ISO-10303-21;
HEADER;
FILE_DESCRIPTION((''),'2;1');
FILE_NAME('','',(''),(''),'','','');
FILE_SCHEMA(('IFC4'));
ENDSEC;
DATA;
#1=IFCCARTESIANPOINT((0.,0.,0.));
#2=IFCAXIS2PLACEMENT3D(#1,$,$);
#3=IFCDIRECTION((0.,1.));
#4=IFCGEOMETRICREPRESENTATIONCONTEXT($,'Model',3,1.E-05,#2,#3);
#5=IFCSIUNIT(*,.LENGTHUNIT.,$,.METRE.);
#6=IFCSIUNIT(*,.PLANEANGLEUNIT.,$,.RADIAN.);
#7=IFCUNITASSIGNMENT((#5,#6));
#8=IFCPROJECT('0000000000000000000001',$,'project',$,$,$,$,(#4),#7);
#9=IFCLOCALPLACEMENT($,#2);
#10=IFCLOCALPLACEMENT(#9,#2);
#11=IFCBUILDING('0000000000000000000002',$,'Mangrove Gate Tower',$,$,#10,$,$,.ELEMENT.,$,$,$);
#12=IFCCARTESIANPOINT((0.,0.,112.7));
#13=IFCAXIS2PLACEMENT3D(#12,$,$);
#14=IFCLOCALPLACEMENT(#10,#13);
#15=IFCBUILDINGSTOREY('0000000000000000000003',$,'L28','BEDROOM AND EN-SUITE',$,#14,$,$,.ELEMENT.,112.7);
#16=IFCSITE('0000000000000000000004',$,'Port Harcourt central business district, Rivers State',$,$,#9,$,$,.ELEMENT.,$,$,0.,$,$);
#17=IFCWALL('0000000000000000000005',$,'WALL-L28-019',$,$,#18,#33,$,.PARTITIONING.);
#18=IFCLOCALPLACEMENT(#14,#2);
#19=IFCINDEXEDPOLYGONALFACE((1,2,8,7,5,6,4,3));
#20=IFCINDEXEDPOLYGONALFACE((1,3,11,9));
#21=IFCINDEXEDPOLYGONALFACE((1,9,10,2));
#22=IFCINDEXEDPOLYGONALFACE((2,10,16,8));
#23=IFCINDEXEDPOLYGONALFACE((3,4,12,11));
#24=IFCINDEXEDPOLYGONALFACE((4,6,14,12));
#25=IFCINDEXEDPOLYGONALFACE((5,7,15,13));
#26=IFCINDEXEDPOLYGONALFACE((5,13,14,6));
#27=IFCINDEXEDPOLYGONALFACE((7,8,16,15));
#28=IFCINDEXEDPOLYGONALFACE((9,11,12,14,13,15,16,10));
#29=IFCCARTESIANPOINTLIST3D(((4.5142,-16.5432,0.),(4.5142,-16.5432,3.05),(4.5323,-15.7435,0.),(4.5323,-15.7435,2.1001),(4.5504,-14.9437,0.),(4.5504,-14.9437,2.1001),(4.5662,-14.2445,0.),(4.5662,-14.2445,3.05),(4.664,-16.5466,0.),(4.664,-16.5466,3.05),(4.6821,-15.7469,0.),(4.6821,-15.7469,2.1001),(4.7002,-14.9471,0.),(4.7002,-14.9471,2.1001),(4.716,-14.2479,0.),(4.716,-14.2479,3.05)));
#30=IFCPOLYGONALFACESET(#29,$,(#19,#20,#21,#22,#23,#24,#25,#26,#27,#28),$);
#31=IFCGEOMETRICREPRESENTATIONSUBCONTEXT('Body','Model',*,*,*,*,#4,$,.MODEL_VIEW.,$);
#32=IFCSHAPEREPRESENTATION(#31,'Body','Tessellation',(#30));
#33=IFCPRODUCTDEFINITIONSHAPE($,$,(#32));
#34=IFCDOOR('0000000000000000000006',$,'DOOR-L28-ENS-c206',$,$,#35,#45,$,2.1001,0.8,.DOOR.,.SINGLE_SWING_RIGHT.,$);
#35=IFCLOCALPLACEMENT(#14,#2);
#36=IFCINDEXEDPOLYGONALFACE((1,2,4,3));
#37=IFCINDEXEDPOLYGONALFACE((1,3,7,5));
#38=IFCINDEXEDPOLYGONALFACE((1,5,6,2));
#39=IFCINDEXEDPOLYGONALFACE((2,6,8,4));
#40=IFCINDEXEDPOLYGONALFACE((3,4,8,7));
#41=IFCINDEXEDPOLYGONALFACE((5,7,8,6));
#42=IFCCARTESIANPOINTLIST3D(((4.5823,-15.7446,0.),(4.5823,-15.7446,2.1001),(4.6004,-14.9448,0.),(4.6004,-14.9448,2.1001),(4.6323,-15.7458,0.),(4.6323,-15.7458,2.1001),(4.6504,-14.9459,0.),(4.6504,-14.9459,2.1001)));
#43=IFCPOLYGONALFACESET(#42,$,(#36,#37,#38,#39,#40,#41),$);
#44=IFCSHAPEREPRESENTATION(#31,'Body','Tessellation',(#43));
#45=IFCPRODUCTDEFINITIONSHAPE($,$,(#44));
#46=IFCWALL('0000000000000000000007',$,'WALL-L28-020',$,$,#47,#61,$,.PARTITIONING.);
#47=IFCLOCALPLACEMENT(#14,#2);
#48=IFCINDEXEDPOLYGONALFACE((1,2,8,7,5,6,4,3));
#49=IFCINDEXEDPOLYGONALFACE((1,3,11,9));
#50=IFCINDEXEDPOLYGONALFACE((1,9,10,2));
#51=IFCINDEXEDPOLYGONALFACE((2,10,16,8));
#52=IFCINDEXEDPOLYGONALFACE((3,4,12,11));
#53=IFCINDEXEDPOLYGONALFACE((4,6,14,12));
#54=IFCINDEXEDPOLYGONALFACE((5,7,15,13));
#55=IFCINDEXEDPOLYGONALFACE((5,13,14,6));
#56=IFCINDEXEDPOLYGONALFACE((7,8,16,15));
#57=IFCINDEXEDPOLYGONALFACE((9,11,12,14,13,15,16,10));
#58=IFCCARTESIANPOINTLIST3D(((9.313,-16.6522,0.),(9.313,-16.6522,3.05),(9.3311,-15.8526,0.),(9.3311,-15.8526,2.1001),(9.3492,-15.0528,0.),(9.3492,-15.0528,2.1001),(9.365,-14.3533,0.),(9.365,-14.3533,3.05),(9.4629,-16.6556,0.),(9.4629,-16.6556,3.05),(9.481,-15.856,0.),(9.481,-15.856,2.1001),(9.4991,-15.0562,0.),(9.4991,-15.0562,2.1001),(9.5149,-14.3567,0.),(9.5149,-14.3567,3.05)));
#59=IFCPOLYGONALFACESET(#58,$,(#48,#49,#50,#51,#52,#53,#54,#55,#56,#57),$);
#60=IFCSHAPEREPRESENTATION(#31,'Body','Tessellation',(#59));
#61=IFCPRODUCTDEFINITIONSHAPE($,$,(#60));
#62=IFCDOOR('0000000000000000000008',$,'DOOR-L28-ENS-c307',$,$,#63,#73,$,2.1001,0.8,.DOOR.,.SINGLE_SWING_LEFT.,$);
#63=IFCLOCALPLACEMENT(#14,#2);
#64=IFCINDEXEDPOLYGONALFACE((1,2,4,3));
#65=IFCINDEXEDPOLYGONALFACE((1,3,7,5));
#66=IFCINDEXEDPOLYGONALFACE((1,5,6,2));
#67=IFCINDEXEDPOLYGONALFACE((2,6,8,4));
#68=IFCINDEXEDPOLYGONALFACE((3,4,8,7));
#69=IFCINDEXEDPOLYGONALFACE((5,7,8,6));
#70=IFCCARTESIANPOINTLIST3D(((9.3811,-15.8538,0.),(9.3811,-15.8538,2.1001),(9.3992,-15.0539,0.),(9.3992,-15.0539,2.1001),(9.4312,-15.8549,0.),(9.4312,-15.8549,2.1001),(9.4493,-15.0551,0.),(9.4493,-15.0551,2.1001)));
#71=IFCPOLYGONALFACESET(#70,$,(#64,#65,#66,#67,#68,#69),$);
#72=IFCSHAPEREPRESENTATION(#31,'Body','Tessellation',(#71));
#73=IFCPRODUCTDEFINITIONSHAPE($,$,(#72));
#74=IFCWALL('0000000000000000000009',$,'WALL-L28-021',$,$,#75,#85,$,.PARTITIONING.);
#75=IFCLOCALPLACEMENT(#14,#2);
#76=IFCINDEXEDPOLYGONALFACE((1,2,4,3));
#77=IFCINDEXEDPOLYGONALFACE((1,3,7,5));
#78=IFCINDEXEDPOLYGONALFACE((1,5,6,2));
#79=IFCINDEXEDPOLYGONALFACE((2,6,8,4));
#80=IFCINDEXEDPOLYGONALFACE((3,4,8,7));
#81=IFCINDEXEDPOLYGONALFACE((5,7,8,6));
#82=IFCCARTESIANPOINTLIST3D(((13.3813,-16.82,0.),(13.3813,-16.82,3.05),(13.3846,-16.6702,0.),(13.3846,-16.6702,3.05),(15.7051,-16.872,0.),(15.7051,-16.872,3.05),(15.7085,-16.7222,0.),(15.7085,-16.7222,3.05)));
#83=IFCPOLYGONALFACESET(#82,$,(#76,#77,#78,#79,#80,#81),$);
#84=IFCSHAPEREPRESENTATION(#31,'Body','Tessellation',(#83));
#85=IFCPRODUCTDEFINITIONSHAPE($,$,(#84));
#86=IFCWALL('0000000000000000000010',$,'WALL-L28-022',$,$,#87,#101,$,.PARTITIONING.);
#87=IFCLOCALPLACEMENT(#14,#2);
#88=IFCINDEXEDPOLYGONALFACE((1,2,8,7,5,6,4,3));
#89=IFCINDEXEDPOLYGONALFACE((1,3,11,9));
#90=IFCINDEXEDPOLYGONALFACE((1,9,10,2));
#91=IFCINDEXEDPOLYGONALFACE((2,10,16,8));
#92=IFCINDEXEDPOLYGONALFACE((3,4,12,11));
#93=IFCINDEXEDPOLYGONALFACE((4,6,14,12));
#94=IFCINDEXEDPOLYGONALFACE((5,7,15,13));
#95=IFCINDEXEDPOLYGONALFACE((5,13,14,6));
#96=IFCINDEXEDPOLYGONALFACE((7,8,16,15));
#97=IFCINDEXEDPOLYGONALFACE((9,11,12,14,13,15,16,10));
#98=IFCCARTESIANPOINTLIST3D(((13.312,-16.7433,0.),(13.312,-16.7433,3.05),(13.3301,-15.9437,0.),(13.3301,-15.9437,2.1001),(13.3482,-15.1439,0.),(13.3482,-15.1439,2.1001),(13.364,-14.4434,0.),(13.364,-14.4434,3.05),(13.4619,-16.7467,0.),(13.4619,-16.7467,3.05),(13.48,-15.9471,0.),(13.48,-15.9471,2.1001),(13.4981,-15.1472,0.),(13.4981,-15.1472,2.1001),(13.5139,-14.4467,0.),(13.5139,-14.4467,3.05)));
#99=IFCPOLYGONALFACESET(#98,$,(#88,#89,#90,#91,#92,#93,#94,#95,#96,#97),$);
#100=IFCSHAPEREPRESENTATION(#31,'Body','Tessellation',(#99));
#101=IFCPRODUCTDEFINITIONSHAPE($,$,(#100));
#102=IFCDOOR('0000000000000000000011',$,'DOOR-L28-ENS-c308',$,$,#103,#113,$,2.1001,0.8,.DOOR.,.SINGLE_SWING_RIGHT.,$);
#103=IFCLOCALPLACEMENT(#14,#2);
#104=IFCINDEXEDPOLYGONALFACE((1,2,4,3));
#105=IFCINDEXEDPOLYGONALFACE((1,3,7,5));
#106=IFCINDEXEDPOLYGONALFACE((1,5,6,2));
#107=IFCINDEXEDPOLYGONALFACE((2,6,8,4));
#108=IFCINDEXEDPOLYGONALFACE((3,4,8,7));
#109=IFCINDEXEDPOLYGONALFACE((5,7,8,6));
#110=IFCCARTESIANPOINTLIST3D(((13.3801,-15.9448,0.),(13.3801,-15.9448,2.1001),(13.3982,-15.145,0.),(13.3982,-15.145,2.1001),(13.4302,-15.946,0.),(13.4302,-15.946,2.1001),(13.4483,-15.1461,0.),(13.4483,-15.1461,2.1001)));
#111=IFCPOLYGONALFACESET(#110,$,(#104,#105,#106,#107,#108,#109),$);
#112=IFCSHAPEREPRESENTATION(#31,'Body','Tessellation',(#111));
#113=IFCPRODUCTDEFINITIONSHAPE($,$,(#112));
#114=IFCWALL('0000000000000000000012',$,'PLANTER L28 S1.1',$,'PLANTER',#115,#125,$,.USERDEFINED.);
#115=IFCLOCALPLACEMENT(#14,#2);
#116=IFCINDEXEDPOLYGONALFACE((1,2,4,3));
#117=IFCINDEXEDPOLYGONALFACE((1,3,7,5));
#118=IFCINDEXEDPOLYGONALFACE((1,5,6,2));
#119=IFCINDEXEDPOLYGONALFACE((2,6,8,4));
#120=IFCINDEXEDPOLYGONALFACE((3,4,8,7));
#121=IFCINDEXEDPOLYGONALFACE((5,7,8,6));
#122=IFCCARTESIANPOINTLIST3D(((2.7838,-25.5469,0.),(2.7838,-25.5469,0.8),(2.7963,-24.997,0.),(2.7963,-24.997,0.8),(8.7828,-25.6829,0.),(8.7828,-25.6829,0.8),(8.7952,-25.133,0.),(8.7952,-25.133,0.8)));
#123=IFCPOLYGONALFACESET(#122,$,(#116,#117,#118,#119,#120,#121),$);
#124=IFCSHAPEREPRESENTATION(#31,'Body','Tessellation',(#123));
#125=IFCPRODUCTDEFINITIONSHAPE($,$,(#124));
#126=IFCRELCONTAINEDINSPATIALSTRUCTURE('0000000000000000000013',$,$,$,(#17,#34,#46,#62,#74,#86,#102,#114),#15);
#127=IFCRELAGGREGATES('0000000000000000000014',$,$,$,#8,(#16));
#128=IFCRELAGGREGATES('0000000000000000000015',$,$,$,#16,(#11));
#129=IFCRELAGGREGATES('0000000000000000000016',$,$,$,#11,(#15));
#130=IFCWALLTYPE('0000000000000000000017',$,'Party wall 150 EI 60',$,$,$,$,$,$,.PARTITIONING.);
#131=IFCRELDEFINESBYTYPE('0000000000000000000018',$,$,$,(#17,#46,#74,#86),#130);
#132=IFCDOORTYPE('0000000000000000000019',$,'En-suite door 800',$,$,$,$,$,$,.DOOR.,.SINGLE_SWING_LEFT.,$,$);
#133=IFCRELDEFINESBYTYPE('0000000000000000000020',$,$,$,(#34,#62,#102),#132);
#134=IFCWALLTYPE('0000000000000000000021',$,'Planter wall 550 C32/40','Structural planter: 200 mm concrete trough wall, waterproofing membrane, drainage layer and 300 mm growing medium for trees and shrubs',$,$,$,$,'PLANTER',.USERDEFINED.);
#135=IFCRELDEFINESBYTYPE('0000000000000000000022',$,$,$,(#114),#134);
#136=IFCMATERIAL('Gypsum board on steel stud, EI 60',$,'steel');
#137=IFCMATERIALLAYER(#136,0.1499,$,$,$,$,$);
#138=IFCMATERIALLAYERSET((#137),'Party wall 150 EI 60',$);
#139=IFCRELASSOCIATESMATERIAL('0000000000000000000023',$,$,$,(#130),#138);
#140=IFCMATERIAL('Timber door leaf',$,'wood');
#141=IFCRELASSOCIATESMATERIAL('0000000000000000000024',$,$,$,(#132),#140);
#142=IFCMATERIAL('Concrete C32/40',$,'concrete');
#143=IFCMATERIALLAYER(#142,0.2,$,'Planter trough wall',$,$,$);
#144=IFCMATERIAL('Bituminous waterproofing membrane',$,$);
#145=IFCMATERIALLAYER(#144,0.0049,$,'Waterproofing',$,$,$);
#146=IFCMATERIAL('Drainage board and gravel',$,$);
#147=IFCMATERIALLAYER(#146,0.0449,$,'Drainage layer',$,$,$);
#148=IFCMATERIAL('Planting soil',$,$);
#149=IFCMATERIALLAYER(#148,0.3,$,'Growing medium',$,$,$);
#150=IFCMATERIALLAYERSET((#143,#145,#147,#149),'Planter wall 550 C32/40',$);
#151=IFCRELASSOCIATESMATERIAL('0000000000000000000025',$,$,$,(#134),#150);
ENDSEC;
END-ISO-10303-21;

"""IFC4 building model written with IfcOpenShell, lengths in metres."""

from ifc_helpers import new_model, si_unit, direction, frame, frame_2d, origin, place, context, subcontext, project, spatial, rectangle, extrude, material, layer, layer_set, type_object, element, fill, save


model = new_model("IFC4")

# Units and contexts
model_context = context("Model", 3, precision=1e-05, world=origin(), true_north=direction((0.0, 1.0)))
body_context = subcontext(model_context, "Body", "Model", "MODEL_VIEW")
ifc_project = project(units=[si_unit("LENGTHUNIT", "METRE"), si_unit("PLANEANGLEUNIT", "RADIAN")], contexts=[model_context])

# Site, building, storey
site_placement = place(None, origin())
site = spatial("IfcSite", under=ifc_project, at=site_placement, Name="Port Harcourt central business district, Rivers State", CompositionType="ELEMENT", RefElevation=0.0)
building_placement = place(site_placement, origin())
building = spatial("IfcBuilding", under=site, at=building_placement, Name="Mangrove Gate Tower", CompositionType="ELEMENT")
storey_placement = place(building_placement, frame((0.0, 0.0, 112.7)))
storey = spatial("IfcBuildingStorey", under=building, at=storey_placement, Name="L28", Description="BEDROOM AND EN-SUITE", CompositionType="ELEMENT", Elevation=112.7)

# Shared definitions
ifc_material_1 = material(Name="Gypsum board on steel stud, EI 60", Category="steel")
ifc_layer_1 = layer(ifc_material_1, 0.1499)
ifc_layer_set_1 = layer_set([ifc_layer_1], Name="Party wall 150 EI 60")
wall_type_1 = type_object("IfcWallType", Name="Party wall 150 EI 60", PredefinedType="PARTITIONING", material=ifc_layer_set_1)

# Walls, openings, doors
wall_1_placement = place(storey_placement, frame((4.5891, -16.5449, 0.0), z_axis=(0.0, 0.0, 1.0), x_axis=(0.022615, 0.999744, 0.0)))
wall_1 = element("IfcWall", 1, at=wall_1_placement, inside=storey, type_object=wall_type_1, Name="WALL-L28-019", PredefinedType="PARTITIONING", context=body_context, shape_type="SweptSolid", body=[
    extrude(rectangle(XDim=2.2993, YDim=0.1499, at=frame_2d((1.1497, 0.0))), origin(), (0.0, 0.0, 1.0), 3.05),
])
opening_1_placement = place(wall_1_placement, frame((0.8, 0.0, 0.0)))
opening_1 = element("IfcOpeningElement", 2, at=opening_1_placement, cuts=wall_1, PredefinedType="OPENING", context=body_context, shape_type="SweptSolid", body=[
    extrude(rectangle(XDim=0.8, YDim=2.1001, at=frame_2d((0.3999, 1.05))), frame((0.0, 0.085, 0.0), z_axis=(0.0, -1.0, 0.0), x_axis=(1.0, 0.0, 0.0)), (0.0, 0.0, 1.0), 0.1699),
])
ifc_material_2 = material(Name="Timber door leaf", Category="wood")
door_type_1 = type_object("IfcDoorType", Name="En-suite door 800", OperationType="SINGLE_SWING_LEFT", PredefinedType="DOOR", material=ifc_material_2)
door_1_placement = place(opening_1_placement, origin())
door_1 = element("IfcDoor", 3, at=door_1_placement, inside=storey, type_object=door_type_1, Name="DOOR-L28-ENS-c206", OperationType="SINGLE_SWING_RIGHT", OverallHeight=2.1001, OverallWidth=0.8, PredefinedType="DOOR", context=body_context, shape_type="SweptSolid", body=[
    extrude(rectangle(XDim=0.8, YDim=2.1001, at=frame_2d((0.3999, 1.05))), frame((0.0, 0.0249, 0.0), z_axis=(0.0, -1.0, 0.0), x_axis=(1.0, 0.0, 0.0)), (0.0, 0.0, 1.0), 0.05),
])
fill(opening_1, door_1)
wall_2_placement = place(storey_placement, frame((9.3879, -16.6541, 0.0), z_axis=(0.0, 0.0, 1.0), x_axis=(0.022613, 0.999744, 0.0)))
wall_2 = element("IfcWall", 4, at=wall_2_placement, inside=storey, type_object=wall_type_1, Name="WALL-L28-020", PredefinedType="PARTITIONING", context=body_context, shape_type="SweptSolid", body=[
    extrude(rectangle(XDim=2.2996, YDim=0.1499, at=frame_2d((1.1499, 0.0))), origin(), (0.0, 0.0, 1.0), 3.05),
])
opening_2_placement = place(wall_2_placement, frame((0.8, 0.0, 0.0)))
opening_2 = element("IfcOpeningElement", 5, at=opening_2_placement, cuts=wall_2, PredefinedType="OPENING", context=body_context, shape_type="SweptSolid", body=[
    extrude(rectangle(XDim=0.8, YDim=2.1001, at=frame_2d((0.3999, 1.05))), frame((0.0, 0.085, 0.0), z_axis=(0.0, -1.0, 0.0), x_axis=(1.0, 0.0, 0.0)), (0.0, 0.0, 1.0), 0.1699),
])
door_2_placement = place(opening_2_placement, origin())
door_2 = element("IfcDoor", 6, at=door_2_placement, inside=storey, type_object=door_type_1, Name="DOOR-L28-ENS-c307", OperationType="SINGLE_SWING_LEFT", OverallHeight=2.1001, OverallWidth=0.8, PredefinedType="DOOR", context=body_context, shape_type="SweptSolid", body=[
    extrude(rectangle(XDim=0.8, YDim=2.1001, at=frame_2d((0.3999, 1.05))), frame((0.0, 0.0249, 0.0), z_axis=(0.0, -1.0, 0.0), x_axis=(1.0, 0.0, 0.0)), (0.0, 0.0, 1.0), 0.05),
])
fill(opening_2, door_2)

# Wall
wall_3_placement = place(storey_placement, frame((13.3831, -16.7451, 0.0), z_axis=(0.0, 0.0, 1.0), x_axis=(0.99975, -0.022371, 0.0)))
element("IfcWall", 7, at=wall_3_placement, inside=storey, type_object=wall_type_1, Name="WALL-L28-021", PredefinedType="PARTITIONING", context=body_context, shape_type="SweptSolid", body=[
    extrude(rectangle(XDim=2.3245, YDim=0.1499, at=frame_2d((1.1621, 0.0))), origin(), (0.0, 0.0, 1.0), 3.05),
])

# Wall, opening, door
wall_4_placement = place(storey_placement, frame((13.387, -16.7451, 0.0), z_axis=(0.0, 0.0, 1.0), x_axis=(0.022603, 0.999745, 0.0)))
wall_4 = element("IfcWall", 8, at=wall_4_placement, inside=storey, type_object=wall_type_1, Name="WALL-L28-022", PredefinedType="PARTITIONING", context=body_context, shape_type="SweptSolid", body=[
    extrude(rectangle(XDim=2.3005, YDim=0.1499, at=frame_2d((1.1504, 0.0))), origin(), (0.0, 0.0, 1.0), 3.05),
])
opening_3_placement = place(wall_4_placement, frame((0.8, 0.0, 0.0)))
opening_3 = element("IfcOpeningElement", 9, at=opening_3_placement, cuts=wall_4, PredefinedType="OPENING", context=body_context, shape_type="SweptSolid", body=[
    extrude(rectangle(XDim=0.8, YDim=2.1001, at=frame_2d((0.3999, 1.05))), frame((0.0, 0.085, 0.0), z_axis=(0.0, -1.0, 0.0), x_axis=(1.0, 0.0, 0.0)), (0.0, 0.0, 1.0), 0.1699),
])
door_3_placement = place(opening_3_placement, origin())
door_3 = element("IfcDoor", 10, at=door_3_placement, inside=storey, type_object=door_type_1, Name="DOOR-L28-ENS-c308", OperationType="SINGLE_SWING_RIGHT", OverallHeight=2.1001, OverallWidth=0.8, PredefinedType="DOOR", context=body_context, shape_type="SweptSolid", body=[
    extrude(rectangle(XDim=0.8, YDim=2.1001, at=frame_2d((0.3999, 1.05))), frame((0.0, 0.0249, 0.0), z_axis=(0.0, -1.0, 0.0), x_axis=(1.0, 0.0, 0.0)), (0.0, 0.0, 1.0), 0.05),
])
fill(opening_3, door_3)

# Wall
ifc_material_3 = material(Name="Concrete C32/40", Category="concrete")
ifc_layer_2 = layer(ifc_material_3, 0.2, Name="Planter trough wall")
ifc_material_4 = material(Name="Bituminous waterproofing membrane")
ifc_layer_3 = layer(ifc_material_4, 0.0049, Name="Waterproofing")
ifc_material_5 = material(Name="Drainage board and gravel")
ifc_layer_4 = layer(ifc_material_5, 0.0449, Name="Drainage layer")
ifc_material_6 = material(Name="Planting soil")
ifc_layer_5 = layer(ifc_material_6, 0.3, Name="Growing medium")
ifc_layer_set_2 = layer_set([ifc_layer_2, ifc_layer_3, ifc_layer_4, ifc_layer_5], Name="Planter wall 550 C32/40")
wall_type_2 = type_object("IfcWallType", Name="Planter wall 550 C32/40", Description="Structural planter: 200 mm concrete trough wall, waterproofing membrane, drainage layer and 300 mm growing medium for trees and shrubs", ElementType="PLANTER", PredefinedType="USERDEFINED", material=ifc_layer_set_2)
wall_5_placement = place(storey_placement, frame((2.79, -25.272, 0.0), z_axis=(0.0, 0.0, 1.0), x_axis=(0.999743, -0.022662, 0.0)))
element("IfcWall", 11, at=wall_5_placement, inside=storey, type_object=wall_type_2, Name="PLANTER L28 S1.1", ObjectType="PLANTER", PredefinedType="USERDEFINED", context=body_context, shape_type="SweptSolid", body=[
    extrude(rectangle(XDim=6.0005, YDim=0.55, at=frame_2d((3.0002, 0.0))), origin(), (0.0, 0.0, 1.0), 0.8),
])

save(model, "model.ifc")
